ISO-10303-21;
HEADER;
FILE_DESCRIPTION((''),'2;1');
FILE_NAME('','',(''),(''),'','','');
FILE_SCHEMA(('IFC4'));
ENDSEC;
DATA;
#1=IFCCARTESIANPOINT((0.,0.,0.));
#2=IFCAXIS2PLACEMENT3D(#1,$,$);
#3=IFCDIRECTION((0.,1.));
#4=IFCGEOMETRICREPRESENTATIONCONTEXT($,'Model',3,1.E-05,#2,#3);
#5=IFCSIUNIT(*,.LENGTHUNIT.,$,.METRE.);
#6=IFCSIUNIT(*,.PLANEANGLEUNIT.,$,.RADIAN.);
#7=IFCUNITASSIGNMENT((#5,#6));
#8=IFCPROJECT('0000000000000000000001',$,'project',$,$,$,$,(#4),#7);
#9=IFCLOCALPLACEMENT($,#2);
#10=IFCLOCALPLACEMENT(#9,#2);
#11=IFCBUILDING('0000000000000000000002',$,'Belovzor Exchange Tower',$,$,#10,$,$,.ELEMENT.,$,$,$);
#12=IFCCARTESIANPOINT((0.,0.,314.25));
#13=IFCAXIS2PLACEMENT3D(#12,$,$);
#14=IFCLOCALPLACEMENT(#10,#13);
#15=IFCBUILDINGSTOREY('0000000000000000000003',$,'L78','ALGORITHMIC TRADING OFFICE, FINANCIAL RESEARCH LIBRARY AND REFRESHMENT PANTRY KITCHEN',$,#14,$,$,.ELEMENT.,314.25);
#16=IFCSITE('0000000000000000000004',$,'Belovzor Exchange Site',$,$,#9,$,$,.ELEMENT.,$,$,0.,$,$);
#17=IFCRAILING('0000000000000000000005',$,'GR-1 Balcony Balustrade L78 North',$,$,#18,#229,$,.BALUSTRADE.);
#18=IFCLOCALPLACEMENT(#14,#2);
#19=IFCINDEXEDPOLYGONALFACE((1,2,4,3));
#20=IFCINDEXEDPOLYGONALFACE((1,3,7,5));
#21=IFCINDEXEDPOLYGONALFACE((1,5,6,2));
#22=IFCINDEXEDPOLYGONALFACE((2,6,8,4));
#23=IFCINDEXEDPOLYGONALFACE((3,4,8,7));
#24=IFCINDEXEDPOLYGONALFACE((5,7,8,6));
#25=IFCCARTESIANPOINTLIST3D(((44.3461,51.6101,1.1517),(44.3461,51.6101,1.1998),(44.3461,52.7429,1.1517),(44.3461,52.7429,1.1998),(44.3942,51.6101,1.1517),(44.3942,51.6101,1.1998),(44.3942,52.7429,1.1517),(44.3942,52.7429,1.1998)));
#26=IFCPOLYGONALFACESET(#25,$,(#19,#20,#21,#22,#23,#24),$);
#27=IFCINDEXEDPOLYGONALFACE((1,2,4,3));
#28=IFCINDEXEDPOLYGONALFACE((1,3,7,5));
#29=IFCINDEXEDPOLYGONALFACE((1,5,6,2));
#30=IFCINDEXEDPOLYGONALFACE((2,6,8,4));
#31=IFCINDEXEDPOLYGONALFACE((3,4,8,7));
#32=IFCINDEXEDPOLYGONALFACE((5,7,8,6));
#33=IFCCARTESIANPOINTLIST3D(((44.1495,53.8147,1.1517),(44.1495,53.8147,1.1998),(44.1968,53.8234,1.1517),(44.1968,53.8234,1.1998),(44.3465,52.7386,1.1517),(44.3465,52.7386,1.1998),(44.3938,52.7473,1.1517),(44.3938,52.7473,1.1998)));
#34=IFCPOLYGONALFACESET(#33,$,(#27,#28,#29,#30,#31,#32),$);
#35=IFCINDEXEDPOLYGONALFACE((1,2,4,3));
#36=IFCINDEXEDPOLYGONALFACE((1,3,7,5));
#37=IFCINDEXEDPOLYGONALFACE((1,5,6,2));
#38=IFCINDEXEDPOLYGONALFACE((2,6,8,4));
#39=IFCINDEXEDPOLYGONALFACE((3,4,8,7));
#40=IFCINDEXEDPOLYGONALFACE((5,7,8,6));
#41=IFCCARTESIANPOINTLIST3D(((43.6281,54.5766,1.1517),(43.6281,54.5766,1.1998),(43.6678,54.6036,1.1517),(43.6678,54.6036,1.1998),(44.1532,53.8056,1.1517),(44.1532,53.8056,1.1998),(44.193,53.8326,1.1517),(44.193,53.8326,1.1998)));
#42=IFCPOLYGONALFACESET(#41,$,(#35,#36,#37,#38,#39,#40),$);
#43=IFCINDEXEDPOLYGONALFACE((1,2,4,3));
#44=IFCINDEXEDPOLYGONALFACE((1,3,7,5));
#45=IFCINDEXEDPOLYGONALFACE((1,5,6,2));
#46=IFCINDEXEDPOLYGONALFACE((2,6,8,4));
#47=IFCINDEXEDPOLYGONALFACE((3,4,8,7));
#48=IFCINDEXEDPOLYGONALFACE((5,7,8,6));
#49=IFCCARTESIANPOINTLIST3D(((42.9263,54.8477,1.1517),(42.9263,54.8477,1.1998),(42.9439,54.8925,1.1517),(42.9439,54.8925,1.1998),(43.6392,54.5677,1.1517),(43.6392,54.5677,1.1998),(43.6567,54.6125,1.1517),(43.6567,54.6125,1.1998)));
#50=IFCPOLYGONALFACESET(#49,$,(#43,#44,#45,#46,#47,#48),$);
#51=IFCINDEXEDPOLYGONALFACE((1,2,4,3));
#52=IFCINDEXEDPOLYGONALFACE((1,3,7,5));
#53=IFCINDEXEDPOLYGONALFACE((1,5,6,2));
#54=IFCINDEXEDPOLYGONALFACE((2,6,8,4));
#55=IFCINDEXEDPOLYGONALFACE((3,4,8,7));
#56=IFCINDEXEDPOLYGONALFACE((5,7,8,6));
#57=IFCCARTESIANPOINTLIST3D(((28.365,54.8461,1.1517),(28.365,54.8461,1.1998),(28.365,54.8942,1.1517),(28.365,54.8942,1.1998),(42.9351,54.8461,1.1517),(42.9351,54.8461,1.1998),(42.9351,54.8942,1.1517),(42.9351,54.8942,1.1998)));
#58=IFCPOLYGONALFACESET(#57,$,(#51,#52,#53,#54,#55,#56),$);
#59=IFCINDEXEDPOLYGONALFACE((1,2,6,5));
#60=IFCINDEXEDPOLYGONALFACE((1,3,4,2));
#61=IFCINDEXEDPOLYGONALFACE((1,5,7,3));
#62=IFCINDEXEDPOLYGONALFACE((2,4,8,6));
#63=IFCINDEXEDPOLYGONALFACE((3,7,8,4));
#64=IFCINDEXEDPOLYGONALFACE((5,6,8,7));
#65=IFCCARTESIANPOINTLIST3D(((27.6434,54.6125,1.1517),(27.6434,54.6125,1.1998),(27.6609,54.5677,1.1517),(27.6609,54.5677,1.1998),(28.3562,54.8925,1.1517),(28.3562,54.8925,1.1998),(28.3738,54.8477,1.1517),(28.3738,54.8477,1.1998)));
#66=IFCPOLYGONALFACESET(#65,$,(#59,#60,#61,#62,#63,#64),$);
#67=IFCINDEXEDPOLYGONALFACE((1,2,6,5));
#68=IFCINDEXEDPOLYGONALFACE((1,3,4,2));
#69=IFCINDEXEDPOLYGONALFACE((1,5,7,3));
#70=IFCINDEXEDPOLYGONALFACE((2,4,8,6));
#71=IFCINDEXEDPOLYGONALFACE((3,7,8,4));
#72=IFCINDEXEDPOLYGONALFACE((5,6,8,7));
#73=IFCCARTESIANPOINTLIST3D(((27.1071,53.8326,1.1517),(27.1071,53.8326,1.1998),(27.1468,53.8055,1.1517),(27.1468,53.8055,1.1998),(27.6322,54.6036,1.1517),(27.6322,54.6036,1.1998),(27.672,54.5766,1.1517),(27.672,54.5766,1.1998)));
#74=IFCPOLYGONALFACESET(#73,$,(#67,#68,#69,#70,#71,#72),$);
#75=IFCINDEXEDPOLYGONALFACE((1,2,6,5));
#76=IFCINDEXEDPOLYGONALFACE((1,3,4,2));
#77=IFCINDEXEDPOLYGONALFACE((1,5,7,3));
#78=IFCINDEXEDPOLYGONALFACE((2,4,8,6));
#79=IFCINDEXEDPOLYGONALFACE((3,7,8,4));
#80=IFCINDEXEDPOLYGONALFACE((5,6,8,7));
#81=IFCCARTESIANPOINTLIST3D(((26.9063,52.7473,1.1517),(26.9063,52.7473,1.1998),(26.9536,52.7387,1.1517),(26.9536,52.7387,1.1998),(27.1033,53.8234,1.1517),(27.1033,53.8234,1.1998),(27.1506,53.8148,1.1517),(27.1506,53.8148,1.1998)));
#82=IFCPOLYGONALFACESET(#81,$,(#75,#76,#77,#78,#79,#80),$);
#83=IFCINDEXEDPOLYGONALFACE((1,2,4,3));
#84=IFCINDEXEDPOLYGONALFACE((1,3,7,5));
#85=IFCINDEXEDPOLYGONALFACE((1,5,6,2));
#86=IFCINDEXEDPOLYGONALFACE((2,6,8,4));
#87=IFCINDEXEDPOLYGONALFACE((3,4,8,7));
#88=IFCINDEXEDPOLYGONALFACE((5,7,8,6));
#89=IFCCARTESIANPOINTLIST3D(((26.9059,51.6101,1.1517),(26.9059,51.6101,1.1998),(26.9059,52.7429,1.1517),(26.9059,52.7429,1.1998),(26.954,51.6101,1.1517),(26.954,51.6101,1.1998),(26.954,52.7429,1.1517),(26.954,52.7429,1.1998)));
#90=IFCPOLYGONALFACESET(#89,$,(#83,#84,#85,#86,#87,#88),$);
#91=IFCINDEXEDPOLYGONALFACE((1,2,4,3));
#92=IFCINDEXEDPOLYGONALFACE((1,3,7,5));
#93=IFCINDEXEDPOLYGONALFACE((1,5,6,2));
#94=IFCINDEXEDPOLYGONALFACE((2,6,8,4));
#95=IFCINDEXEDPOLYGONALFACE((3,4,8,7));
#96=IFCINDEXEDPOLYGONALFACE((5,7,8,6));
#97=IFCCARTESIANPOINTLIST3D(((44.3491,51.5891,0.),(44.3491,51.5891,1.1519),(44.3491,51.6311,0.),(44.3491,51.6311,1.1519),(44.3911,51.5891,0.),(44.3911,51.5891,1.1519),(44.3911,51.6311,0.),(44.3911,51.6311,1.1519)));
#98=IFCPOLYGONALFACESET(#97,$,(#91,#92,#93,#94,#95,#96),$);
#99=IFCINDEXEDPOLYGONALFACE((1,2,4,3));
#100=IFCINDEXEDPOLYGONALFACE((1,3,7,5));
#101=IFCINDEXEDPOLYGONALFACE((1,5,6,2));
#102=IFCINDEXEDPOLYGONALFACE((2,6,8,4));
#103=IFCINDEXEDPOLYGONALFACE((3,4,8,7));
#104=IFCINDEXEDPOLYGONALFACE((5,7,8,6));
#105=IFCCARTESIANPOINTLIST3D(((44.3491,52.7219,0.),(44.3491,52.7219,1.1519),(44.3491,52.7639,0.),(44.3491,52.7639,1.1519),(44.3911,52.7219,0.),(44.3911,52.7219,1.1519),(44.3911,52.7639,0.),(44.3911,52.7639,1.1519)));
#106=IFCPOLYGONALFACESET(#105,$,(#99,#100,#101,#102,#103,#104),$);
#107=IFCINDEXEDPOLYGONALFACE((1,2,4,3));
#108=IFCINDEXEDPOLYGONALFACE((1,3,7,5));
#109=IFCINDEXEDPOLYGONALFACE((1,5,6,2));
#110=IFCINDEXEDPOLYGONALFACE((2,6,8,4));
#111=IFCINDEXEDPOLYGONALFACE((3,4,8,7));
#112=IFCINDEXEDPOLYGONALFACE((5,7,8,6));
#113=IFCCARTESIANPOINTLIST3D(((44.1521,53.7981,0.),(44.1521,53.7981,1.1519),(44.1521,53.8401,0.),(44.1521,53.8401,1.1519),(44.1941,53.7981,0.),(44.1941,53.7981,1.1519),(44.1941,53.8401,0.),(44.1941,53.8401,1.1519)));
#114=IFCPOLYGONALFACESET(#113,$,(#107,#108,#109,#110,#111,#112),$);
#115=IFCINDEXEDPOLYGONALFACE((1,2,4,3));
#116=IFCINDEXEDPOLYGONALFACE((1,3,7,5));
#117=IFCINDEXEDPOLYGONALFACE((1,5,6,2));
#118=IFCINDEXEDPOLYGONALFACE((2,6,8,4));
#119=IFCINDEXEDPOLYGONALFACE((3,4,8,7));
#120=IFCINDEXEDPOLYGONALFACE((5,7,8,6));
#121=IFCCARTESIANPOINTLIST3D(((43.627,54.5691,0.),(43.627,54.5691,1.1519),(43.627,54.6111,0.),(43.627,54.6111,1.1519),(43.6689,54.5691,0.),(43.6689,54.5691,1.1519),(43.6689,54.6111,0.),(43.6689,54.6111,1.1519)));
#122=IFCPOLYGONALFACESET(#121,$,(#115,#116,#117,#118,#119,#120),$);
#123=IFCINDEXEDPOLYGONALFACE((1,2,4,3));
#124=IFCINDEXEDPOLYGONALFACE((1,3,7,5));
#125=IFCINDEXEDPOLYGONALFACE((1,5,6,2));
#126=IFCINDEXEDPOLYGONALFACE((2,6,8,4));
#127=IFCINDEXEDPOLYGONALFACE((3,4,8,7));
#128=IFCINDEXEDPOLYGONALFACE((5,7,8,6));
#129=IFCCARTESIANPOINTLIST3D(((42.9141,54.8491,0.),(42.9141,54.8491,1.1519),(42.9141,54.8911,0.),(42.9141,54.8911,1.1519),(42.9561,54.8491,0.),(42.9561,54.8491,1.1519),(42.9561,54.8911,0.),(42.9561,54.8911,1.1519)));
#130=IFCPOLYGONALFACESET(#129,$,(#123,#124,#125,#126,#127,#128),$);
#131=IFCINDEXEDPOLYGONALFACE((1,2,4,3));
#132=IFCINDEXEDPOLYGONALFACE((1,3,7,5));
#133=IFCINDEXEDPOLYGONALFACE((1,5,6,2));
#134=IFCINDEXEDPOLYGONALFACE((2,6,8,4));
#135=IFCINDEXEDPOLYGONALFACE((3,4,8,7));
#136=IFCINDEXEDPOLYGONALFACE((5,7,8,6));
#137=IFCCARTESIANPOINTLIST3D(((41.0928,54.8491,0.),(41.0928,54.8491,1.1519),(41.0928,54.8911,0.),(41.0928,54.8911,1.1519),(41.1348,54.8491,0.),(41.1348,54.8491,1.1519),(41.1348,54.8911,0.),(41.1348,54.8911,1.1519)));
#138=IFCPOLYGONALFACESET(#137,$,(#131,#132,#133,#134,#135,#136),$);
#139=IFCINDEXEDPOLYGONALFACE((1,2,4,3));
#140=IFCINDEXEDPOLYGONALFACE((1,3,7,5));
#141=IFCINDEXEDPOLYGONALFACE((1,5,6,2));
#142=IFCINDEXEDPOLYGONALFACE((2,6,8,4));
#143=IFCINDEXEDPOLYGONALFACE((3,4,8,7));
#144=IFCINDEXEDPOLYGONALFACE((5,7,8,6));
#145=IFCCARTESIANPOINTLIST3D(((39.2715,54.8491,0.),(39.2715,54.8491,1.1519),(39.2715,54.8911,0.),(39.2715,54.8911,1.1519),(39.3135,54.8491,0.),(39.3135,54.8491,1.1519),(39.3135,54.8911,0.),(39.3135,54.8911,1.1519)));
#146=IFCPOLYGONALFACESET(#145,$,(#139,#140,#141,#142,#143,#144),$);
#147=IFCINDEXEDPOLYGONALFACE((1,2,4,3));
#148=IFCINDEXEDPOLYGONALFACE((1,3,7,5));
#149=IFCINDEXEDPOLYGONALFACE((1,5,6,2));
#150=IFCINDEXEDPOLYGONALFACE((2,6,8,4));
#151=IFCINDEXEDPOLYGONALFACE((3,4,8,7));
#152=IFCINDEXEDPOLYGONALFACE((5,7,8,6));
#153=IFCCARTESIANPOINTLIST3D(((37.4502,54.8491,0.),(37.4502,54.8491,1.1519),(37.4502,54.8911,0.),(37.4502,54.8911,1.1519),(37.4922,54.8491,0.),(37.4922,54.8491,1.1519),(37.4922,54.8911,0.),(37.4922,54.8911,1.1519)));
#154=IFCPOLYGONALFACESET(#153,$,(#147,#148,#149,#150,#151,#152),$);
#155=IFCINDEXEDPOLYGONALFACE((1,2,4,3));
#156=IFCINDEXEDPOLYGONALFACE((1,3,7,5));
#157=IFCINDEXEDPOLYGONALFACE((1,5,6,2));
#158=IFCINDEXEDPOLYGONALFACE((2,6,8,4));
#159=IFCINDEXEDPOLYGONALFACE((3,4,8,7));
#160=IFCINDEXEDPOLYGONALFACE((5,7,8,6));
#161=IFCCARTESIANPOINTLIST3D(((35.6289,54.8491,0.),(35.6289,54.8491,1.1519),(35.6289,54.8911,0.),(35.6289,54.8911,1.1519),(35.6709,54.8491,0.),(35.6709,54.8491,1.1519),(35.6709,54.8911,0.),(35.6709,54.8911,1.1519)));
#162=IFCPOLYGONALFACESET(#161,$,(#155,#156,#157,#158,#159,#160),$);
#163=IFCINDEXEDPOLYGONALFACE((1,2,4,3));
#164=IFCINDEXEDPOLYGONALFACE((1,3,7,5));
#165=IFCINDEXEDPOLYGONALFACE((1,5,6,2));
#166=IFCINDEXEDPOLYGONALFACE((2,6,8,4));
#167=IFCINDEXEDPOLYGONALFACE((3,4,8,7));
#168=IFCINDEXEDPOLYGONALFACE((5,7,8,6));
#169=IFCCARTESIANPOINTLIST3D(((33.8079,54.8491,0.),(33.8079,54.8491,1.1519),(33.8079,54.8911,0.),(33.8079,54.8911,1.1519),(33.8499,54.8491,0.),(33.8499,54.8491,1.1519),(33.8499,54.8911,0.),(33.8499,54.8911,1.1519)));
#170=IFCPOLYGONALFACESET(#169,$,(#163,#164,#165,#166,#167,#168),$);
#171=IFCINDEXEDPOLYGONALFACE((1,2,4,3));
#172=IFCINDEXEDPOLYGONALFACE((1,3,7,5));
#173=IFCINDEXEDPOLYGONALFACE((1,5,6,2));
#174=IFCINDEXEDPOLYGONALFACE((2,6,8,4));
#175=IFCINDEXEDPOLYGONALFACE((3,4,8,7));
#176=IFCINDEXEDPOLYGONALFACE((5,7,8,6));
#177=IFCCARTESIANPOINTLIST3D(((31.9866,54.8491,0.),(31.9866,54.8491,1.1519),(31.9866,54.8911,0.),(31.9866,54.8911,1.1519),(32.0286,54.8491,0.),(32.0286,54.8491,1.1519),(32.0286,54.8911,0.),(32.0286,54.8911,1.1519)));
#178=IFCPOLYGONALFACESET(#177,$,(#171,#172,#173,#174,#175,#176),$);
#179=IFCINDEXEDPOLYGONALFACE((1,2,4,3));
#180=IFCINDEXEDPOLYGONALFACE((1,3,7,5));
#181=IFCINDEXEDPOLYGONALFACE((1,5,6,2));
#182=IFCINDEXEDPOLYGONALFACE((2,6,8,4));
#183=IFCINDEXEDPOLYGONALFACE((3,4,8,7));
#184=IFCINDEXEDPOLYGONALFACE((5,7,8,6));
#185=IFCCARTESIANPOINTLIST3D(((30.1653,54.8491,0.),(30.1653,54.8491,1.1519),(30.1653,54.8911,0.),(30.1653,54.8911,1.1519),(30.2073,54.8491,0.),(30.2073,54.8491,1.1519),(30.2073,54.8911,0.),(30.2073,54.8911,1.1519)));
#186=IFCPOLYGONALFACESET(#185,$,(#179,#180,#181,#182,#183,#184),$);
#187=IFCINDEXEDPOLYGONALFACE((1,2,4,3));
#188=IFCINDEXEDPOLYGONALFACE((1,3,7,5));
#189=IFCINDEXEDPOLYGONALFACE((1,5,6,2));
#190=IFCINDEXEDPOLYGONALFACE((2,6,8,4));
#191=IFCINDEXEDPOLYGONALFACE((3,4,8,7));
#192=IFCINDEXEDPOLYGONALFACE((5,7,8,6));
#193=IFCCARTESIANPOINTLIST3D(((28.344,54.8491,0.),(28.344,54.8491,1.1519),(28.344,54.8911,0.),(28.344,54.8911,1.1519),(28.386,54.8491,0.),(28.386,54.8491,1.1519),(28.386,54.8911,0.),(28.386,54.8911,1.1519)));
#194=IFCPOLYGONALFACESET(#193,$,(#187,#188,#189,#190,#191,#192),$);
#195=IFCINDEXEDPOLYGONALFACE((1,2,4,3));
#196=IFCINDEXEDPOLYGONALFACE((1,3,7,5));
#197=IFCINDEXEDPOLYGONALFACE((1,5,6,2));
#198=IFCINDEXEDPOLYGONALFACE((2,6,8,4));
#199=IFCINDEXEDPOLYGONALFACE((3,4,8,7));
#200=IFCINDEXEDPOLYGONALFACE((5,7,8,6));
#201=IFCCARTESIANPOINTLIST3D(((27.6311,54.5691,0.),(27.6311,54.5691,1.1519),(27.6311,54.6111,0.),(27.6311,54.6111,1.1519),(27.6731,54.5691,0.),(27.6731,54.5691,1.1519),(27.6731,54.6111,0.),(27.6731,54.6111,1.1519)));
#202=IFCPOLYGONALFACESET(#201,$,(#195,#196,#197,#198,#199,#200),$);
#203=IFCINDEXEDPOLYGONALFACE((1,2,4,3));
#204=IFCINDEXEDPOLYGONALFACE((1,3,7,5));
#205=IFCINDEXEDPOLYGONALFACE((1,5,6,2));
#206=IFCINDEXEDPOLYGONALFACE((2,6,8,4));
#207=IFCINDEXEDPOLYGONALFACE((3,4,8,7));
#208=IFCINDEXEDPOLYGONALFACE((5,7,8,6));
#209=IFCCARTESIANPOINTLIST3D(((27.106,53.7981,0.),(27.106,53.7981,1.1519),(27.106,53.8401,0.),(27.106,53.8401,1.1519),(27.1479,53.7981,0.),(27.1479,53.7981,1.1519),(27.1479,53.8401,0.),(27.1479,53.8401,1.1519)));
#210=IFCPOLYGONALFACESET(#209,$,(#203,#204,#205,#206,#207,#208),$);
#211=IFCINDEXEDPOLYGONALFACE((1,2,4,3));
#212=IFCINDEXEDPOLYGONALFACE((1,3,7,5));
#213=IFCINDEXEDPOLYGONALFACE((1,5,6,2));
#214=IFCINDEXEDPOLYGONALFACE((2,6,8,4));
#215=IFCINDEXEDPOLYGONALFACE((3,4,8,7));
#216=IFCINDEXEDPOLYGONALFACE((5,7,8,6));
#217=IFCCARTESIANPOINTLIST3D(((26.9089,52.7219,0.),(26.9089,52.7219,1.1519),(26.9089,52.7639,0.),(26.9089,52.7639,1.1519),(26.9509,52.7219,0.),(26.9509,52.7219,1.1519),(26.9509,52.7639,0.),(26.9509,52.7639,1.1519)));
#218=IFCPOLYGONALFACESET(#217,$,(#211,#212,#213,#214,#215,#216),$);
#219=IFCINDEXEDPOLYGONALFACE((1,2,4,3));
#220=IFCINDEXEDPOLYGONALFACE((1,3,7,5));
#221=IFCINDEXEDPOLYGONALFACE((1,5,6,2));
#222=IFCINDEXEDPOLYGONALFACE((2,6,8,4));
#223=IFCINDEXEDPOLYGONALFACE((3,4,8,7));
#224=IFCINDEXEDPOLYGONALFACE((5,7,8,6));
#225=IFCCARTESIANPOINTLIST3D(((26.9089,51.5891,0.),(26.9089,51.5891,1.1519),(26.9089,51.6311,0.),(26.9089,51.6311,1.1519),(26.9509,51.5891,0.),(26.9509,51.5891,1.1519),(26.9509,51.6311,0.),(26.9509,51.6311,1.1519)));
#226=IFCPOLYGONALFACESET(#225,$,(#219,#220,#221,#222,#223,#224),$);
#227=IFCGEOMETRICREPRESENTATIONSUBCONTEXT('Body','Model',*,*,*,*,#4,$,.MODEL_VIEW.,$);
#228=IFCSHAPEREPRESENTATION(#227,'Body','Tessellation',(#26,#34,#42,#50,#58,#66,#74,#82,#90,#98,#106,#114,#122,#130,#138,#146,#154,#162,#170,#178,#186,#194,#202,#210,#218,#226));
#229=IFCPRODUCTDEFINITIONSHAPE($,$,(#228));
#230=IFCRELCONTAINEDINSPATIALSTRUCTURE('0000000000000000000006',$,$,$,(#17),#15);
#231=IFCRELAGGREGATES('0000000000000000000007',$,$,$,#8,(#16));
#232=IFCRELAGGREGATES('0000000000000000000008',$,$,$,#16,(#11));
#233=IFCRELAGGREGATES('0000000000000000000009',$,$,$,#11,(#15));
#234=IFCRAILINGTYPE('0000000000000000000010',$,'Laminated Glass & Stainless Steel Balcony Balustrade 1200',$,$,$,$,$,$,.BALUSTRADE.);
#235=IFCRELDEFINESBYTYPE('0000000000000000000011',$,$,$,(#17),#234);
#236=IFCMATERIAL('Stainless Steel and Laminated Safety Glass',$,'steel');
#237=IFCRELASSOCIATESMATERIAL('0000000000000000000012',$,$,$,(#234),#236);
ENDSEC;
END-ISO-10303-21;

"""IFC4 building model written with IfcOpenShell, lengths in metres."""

from ifc_helpers import new_model, si_unit, direction, frame, origin, origin_2d, place, context, subcontext, project, spatial, rectangle, extrude, material, type_object, element, save


model = new_model("IFC4")

# Units and contexts
model_context = context("Model", 3, precision=1e-05, world=origin(), true_north=direction((0.0, 1.0)))
body_context = subcontext(model_context, "Body", "Model", "MODEL_VIEW")
ifc_project = project(units=[si_unit("LENGTHUNIT", "METRE"), si_unit("PLANEANGLEUNIT", "RADIAN")], contexts=[model_context])

# Site, building, storey
site_placement = place(None, origin())
site = spatial("IfcSite", under=ifc_project, at=site_placement, Name="Belovzor Exchange Site", CompositionType="ELEMENT", RefElevation=0.0)
building_placement = place(site_placement, origin())
building = spatial("IfcBuilding", under=site, at=building_placement, Name="Belovzor Exchange Tower", CompositionType="ELEMENT")
storey_placement = place(building_placement, frame((0.0, 0.0, 314.25)))
storey = spatial("IfcBuildingStorey", under=building, at=storey_placement, Name="L78", Description="ALGORITHMIC TRADING OFFICE, FINANCIAL RESEARCH LIBRARY AND REFRESHMENT PANTRY KITCHEN", CompositionType="ELEMENT", Elevation=314.25)

# Railing
ifc_material_1 = material(Name="Stainless Steel and Laminated Safety Glass", Category="steel")
railing_type = type_object("IfcRailingType", Name="Laminated Glass & Stainless Steel Balcony Balustrade 1200", PredefinedType="BALUSTRADE", material=ifc_material_1)
railing_placement = place(storey_placement, frame((44.3701, 51.6101, 0.0)))
element("IfcRailing", 1, at=railing_placement, inside=storey, type_object=railing_type, Name="GR-1 Balcony Balustrade L78 North", PredefinedType="BALUSTRADE", context=body_context, shape_type="SweptSolid", body=[
    extrude(rectangle(XDim=0.0481, YDim=0.0481, at=origin_2d()), frame((0.0, 0.0, 1.1758), z_axis=(0.0, 1.0, 0.0), x_axis=(-1.0, 0.0, 0.0)), (0.0, 0.0, 1.0), 1.1328),
    extrude(rectangle(XDim=0.0481, YDim=0.0481, at=origin_2d()), frame((0.0, 1.1328, 1.1758), z_axis=(-0.180083, 0.983651, 0.0), x_axis=(-0.983651, -0.180083, 0.0)), (0.0, 0.0, 1.0), 1.094),
    extrude(rectangle(XDim=0.0481, YDim=0.0481, at=origin_2d()), frame((-0.197, 2.209, 1.1758), z_axis=(-0.562947, 0.826493, 0.0), x_axis=(-0.826493, -0.562947, 0.0)), (0.0, 0.0, 1.0), 0.9329),
    extrude(rectangle(XDim=0.0481, YDim=0.0481, at=origin_2d()), frame((-0.7222, 2.98, 1.1758), z_axis=(-0.930767, 0.365613, 0.0), x_axis=(-0.365613, -0.930767, 0.0)), (0.0, 0.0, 1.0), 0.7659),
    extrude(rectangle(XDim=0.0481, YDim=0.0481, at=origin_2d()), frame((-1.4351, 3.26, 1.1758), z_axis=(-1.0, 0.0, 0.0), x_axis=(0.0, -1.0, 0.0)), (0.0, 0.0, 1.0), 14.5701),
    extrude(rectangle(XDim=0.0481, YDim=0.0481, at=origin_2d()), frame((-16.0051, 3.26, 1.1758), z_axis=(-0.930767, -0.365613, 0.0), x_axis=(0.365613, -0.930767, 0.0)), (0.0, 0.0, 1.0), 0.7659),
    extrude(rectangle(XDim=0.0481, YDim=0.0481, at=origin_2d()), frame((-16.718, 2.98, 1.1758), z_axis=(-0.562947, -0.826493, 0.0), x_axis=(0.826493, -0.562947, 0.0)), (0.0, 0.0, 1.0), 0.9329),
    extrude(rectangle(XDim=0.0481, YDim=0.0481, at=origin_2d()), frame((-17.2432, 2.209, 1.1758), z_axis=(-0.180083, -0.983651, 0.0), x_axis=(0.983651, -0.180083, 0.0)), (0.0, 0.0, 1.0), 1.094),
    extrude(rectangle(XDim=0.0481, YDim=0.0481, at=origin_2d()), frame((-17.4402, 1.1328, 1.1758), z_axis=(0.0, -1.0, 0.0), x_axis=(1.0, 0.0, 0.0)), (0.0, 0.0, 1.0), 1.1328),
    extrude(rectangle(XDim=0.042, YDim=0.042, at=origin_2d()), origin(), (0.0, 0.0, 1.0), 1.1519),
    extrude(rectangle(XDim=0.042, YDim=0.042, at=origin_2d()), frame((0.0, 1.1328, 0.0)), (0.0, 0.0, 1.0), 1.1519),
    extrude(rectangle(XDim=0.042, YDim=0.042, at=origin_2d()), frame((-0.197, 2.209, 0.0)), (0.0, 0.0, 1.0), 1.1519),
    extrude(rectangle(XDim=0.042, YDim=0.042, at=origin_2d()), frame((-0.7222, 2.98, 0.0)), (0.0, 0.0, 1.0), 1.1519),
    extrude(rectangle(XDim=0.042, YDim=0.042, at=origin_2d()), frame((-1.4351, 3.26, 0.0)), (0.0, 0.0, 1.0), 1.1519),
    extrude(rectangle(XDim=0.042, YDim=0.042, at=origin_2d()), frame((-3.2563, 3.26, 0.0)), (0.0, 0.0, 1.0), 1.1519),
    extrude(rectangle(XDim=0.042, YDim=0.042, at=origin_2d()), frame((-5.0776, 3.26, 0.0)), (0.0, 0.0, 1.0), 1.1519),
    extrude(rectangle(XDim=0.042, YDim=0.042, at=origin_2d()), frame((-6.8989, 3.26, 0.0)), (0.0, 0.0, 1.0), 1.1519),
    extrude(rectangle(XDim=0.042, YDim=0.042, at=origin_2d()), frame((-8.7202, 3.26, 0.0)), (0.0, 0.0, 1.0), 1.1519),
    extrude(rectangle(XDim=0.042, YDim=0.042, at=origin_2d()), frame((-10.5413, 3.26, 0.0)), (0.0, 0.0, 1.0), 1.1519),
    extrude(rectangle(XDim=0.042, YDim=0.042, at=origin_2d()), frame((-12.3625, 3.26, 0.0)), (0.0, 0.0, 1.0), 1.1519),
    extrude(rectangle(XDim=0.042, YDim=0.042, at=origin_2d()), frame((-14.1838, 3.26, 0.0)), (0.0, 0.0, 1.0), 1.1519),
    extrude(rectangle(XDim=0.042, YDim=0.042, at=origin_2d()), frame((-16.0051, 3.26, 0.0)), (0.0, 0.0, 1.0), 1.1519),
    extrude(rectangle(XDim=0.042, YDim=0.042, at=origin_2d()), frame((-16.718, 2.98, 0.0)), (0.0, 0.0, 1.0), 1.1519),
    extrude(rectangle(XDim=0.042, YDim=0.042, at=origin_2d()), frame((-17.2432, 2.209, 0.0)), (0.0, 0.0, 1.0), 1.1519),
    extrude(rectangle(XDim=0.042, YDim=0.042, at=origin_2d()), frame((-17.4402, 1.1328, 0.0)), (0.0, 0.0, 1.0), 1.1519),
    extrude(rectangle(XDim=0.042, YDim=0.042, at=origin_2d()), frame((-17.4402, 0.0, 0.0)), (0.0, 0.0, 1.0), 1.1519),
])

save(model, "model.ifc")
